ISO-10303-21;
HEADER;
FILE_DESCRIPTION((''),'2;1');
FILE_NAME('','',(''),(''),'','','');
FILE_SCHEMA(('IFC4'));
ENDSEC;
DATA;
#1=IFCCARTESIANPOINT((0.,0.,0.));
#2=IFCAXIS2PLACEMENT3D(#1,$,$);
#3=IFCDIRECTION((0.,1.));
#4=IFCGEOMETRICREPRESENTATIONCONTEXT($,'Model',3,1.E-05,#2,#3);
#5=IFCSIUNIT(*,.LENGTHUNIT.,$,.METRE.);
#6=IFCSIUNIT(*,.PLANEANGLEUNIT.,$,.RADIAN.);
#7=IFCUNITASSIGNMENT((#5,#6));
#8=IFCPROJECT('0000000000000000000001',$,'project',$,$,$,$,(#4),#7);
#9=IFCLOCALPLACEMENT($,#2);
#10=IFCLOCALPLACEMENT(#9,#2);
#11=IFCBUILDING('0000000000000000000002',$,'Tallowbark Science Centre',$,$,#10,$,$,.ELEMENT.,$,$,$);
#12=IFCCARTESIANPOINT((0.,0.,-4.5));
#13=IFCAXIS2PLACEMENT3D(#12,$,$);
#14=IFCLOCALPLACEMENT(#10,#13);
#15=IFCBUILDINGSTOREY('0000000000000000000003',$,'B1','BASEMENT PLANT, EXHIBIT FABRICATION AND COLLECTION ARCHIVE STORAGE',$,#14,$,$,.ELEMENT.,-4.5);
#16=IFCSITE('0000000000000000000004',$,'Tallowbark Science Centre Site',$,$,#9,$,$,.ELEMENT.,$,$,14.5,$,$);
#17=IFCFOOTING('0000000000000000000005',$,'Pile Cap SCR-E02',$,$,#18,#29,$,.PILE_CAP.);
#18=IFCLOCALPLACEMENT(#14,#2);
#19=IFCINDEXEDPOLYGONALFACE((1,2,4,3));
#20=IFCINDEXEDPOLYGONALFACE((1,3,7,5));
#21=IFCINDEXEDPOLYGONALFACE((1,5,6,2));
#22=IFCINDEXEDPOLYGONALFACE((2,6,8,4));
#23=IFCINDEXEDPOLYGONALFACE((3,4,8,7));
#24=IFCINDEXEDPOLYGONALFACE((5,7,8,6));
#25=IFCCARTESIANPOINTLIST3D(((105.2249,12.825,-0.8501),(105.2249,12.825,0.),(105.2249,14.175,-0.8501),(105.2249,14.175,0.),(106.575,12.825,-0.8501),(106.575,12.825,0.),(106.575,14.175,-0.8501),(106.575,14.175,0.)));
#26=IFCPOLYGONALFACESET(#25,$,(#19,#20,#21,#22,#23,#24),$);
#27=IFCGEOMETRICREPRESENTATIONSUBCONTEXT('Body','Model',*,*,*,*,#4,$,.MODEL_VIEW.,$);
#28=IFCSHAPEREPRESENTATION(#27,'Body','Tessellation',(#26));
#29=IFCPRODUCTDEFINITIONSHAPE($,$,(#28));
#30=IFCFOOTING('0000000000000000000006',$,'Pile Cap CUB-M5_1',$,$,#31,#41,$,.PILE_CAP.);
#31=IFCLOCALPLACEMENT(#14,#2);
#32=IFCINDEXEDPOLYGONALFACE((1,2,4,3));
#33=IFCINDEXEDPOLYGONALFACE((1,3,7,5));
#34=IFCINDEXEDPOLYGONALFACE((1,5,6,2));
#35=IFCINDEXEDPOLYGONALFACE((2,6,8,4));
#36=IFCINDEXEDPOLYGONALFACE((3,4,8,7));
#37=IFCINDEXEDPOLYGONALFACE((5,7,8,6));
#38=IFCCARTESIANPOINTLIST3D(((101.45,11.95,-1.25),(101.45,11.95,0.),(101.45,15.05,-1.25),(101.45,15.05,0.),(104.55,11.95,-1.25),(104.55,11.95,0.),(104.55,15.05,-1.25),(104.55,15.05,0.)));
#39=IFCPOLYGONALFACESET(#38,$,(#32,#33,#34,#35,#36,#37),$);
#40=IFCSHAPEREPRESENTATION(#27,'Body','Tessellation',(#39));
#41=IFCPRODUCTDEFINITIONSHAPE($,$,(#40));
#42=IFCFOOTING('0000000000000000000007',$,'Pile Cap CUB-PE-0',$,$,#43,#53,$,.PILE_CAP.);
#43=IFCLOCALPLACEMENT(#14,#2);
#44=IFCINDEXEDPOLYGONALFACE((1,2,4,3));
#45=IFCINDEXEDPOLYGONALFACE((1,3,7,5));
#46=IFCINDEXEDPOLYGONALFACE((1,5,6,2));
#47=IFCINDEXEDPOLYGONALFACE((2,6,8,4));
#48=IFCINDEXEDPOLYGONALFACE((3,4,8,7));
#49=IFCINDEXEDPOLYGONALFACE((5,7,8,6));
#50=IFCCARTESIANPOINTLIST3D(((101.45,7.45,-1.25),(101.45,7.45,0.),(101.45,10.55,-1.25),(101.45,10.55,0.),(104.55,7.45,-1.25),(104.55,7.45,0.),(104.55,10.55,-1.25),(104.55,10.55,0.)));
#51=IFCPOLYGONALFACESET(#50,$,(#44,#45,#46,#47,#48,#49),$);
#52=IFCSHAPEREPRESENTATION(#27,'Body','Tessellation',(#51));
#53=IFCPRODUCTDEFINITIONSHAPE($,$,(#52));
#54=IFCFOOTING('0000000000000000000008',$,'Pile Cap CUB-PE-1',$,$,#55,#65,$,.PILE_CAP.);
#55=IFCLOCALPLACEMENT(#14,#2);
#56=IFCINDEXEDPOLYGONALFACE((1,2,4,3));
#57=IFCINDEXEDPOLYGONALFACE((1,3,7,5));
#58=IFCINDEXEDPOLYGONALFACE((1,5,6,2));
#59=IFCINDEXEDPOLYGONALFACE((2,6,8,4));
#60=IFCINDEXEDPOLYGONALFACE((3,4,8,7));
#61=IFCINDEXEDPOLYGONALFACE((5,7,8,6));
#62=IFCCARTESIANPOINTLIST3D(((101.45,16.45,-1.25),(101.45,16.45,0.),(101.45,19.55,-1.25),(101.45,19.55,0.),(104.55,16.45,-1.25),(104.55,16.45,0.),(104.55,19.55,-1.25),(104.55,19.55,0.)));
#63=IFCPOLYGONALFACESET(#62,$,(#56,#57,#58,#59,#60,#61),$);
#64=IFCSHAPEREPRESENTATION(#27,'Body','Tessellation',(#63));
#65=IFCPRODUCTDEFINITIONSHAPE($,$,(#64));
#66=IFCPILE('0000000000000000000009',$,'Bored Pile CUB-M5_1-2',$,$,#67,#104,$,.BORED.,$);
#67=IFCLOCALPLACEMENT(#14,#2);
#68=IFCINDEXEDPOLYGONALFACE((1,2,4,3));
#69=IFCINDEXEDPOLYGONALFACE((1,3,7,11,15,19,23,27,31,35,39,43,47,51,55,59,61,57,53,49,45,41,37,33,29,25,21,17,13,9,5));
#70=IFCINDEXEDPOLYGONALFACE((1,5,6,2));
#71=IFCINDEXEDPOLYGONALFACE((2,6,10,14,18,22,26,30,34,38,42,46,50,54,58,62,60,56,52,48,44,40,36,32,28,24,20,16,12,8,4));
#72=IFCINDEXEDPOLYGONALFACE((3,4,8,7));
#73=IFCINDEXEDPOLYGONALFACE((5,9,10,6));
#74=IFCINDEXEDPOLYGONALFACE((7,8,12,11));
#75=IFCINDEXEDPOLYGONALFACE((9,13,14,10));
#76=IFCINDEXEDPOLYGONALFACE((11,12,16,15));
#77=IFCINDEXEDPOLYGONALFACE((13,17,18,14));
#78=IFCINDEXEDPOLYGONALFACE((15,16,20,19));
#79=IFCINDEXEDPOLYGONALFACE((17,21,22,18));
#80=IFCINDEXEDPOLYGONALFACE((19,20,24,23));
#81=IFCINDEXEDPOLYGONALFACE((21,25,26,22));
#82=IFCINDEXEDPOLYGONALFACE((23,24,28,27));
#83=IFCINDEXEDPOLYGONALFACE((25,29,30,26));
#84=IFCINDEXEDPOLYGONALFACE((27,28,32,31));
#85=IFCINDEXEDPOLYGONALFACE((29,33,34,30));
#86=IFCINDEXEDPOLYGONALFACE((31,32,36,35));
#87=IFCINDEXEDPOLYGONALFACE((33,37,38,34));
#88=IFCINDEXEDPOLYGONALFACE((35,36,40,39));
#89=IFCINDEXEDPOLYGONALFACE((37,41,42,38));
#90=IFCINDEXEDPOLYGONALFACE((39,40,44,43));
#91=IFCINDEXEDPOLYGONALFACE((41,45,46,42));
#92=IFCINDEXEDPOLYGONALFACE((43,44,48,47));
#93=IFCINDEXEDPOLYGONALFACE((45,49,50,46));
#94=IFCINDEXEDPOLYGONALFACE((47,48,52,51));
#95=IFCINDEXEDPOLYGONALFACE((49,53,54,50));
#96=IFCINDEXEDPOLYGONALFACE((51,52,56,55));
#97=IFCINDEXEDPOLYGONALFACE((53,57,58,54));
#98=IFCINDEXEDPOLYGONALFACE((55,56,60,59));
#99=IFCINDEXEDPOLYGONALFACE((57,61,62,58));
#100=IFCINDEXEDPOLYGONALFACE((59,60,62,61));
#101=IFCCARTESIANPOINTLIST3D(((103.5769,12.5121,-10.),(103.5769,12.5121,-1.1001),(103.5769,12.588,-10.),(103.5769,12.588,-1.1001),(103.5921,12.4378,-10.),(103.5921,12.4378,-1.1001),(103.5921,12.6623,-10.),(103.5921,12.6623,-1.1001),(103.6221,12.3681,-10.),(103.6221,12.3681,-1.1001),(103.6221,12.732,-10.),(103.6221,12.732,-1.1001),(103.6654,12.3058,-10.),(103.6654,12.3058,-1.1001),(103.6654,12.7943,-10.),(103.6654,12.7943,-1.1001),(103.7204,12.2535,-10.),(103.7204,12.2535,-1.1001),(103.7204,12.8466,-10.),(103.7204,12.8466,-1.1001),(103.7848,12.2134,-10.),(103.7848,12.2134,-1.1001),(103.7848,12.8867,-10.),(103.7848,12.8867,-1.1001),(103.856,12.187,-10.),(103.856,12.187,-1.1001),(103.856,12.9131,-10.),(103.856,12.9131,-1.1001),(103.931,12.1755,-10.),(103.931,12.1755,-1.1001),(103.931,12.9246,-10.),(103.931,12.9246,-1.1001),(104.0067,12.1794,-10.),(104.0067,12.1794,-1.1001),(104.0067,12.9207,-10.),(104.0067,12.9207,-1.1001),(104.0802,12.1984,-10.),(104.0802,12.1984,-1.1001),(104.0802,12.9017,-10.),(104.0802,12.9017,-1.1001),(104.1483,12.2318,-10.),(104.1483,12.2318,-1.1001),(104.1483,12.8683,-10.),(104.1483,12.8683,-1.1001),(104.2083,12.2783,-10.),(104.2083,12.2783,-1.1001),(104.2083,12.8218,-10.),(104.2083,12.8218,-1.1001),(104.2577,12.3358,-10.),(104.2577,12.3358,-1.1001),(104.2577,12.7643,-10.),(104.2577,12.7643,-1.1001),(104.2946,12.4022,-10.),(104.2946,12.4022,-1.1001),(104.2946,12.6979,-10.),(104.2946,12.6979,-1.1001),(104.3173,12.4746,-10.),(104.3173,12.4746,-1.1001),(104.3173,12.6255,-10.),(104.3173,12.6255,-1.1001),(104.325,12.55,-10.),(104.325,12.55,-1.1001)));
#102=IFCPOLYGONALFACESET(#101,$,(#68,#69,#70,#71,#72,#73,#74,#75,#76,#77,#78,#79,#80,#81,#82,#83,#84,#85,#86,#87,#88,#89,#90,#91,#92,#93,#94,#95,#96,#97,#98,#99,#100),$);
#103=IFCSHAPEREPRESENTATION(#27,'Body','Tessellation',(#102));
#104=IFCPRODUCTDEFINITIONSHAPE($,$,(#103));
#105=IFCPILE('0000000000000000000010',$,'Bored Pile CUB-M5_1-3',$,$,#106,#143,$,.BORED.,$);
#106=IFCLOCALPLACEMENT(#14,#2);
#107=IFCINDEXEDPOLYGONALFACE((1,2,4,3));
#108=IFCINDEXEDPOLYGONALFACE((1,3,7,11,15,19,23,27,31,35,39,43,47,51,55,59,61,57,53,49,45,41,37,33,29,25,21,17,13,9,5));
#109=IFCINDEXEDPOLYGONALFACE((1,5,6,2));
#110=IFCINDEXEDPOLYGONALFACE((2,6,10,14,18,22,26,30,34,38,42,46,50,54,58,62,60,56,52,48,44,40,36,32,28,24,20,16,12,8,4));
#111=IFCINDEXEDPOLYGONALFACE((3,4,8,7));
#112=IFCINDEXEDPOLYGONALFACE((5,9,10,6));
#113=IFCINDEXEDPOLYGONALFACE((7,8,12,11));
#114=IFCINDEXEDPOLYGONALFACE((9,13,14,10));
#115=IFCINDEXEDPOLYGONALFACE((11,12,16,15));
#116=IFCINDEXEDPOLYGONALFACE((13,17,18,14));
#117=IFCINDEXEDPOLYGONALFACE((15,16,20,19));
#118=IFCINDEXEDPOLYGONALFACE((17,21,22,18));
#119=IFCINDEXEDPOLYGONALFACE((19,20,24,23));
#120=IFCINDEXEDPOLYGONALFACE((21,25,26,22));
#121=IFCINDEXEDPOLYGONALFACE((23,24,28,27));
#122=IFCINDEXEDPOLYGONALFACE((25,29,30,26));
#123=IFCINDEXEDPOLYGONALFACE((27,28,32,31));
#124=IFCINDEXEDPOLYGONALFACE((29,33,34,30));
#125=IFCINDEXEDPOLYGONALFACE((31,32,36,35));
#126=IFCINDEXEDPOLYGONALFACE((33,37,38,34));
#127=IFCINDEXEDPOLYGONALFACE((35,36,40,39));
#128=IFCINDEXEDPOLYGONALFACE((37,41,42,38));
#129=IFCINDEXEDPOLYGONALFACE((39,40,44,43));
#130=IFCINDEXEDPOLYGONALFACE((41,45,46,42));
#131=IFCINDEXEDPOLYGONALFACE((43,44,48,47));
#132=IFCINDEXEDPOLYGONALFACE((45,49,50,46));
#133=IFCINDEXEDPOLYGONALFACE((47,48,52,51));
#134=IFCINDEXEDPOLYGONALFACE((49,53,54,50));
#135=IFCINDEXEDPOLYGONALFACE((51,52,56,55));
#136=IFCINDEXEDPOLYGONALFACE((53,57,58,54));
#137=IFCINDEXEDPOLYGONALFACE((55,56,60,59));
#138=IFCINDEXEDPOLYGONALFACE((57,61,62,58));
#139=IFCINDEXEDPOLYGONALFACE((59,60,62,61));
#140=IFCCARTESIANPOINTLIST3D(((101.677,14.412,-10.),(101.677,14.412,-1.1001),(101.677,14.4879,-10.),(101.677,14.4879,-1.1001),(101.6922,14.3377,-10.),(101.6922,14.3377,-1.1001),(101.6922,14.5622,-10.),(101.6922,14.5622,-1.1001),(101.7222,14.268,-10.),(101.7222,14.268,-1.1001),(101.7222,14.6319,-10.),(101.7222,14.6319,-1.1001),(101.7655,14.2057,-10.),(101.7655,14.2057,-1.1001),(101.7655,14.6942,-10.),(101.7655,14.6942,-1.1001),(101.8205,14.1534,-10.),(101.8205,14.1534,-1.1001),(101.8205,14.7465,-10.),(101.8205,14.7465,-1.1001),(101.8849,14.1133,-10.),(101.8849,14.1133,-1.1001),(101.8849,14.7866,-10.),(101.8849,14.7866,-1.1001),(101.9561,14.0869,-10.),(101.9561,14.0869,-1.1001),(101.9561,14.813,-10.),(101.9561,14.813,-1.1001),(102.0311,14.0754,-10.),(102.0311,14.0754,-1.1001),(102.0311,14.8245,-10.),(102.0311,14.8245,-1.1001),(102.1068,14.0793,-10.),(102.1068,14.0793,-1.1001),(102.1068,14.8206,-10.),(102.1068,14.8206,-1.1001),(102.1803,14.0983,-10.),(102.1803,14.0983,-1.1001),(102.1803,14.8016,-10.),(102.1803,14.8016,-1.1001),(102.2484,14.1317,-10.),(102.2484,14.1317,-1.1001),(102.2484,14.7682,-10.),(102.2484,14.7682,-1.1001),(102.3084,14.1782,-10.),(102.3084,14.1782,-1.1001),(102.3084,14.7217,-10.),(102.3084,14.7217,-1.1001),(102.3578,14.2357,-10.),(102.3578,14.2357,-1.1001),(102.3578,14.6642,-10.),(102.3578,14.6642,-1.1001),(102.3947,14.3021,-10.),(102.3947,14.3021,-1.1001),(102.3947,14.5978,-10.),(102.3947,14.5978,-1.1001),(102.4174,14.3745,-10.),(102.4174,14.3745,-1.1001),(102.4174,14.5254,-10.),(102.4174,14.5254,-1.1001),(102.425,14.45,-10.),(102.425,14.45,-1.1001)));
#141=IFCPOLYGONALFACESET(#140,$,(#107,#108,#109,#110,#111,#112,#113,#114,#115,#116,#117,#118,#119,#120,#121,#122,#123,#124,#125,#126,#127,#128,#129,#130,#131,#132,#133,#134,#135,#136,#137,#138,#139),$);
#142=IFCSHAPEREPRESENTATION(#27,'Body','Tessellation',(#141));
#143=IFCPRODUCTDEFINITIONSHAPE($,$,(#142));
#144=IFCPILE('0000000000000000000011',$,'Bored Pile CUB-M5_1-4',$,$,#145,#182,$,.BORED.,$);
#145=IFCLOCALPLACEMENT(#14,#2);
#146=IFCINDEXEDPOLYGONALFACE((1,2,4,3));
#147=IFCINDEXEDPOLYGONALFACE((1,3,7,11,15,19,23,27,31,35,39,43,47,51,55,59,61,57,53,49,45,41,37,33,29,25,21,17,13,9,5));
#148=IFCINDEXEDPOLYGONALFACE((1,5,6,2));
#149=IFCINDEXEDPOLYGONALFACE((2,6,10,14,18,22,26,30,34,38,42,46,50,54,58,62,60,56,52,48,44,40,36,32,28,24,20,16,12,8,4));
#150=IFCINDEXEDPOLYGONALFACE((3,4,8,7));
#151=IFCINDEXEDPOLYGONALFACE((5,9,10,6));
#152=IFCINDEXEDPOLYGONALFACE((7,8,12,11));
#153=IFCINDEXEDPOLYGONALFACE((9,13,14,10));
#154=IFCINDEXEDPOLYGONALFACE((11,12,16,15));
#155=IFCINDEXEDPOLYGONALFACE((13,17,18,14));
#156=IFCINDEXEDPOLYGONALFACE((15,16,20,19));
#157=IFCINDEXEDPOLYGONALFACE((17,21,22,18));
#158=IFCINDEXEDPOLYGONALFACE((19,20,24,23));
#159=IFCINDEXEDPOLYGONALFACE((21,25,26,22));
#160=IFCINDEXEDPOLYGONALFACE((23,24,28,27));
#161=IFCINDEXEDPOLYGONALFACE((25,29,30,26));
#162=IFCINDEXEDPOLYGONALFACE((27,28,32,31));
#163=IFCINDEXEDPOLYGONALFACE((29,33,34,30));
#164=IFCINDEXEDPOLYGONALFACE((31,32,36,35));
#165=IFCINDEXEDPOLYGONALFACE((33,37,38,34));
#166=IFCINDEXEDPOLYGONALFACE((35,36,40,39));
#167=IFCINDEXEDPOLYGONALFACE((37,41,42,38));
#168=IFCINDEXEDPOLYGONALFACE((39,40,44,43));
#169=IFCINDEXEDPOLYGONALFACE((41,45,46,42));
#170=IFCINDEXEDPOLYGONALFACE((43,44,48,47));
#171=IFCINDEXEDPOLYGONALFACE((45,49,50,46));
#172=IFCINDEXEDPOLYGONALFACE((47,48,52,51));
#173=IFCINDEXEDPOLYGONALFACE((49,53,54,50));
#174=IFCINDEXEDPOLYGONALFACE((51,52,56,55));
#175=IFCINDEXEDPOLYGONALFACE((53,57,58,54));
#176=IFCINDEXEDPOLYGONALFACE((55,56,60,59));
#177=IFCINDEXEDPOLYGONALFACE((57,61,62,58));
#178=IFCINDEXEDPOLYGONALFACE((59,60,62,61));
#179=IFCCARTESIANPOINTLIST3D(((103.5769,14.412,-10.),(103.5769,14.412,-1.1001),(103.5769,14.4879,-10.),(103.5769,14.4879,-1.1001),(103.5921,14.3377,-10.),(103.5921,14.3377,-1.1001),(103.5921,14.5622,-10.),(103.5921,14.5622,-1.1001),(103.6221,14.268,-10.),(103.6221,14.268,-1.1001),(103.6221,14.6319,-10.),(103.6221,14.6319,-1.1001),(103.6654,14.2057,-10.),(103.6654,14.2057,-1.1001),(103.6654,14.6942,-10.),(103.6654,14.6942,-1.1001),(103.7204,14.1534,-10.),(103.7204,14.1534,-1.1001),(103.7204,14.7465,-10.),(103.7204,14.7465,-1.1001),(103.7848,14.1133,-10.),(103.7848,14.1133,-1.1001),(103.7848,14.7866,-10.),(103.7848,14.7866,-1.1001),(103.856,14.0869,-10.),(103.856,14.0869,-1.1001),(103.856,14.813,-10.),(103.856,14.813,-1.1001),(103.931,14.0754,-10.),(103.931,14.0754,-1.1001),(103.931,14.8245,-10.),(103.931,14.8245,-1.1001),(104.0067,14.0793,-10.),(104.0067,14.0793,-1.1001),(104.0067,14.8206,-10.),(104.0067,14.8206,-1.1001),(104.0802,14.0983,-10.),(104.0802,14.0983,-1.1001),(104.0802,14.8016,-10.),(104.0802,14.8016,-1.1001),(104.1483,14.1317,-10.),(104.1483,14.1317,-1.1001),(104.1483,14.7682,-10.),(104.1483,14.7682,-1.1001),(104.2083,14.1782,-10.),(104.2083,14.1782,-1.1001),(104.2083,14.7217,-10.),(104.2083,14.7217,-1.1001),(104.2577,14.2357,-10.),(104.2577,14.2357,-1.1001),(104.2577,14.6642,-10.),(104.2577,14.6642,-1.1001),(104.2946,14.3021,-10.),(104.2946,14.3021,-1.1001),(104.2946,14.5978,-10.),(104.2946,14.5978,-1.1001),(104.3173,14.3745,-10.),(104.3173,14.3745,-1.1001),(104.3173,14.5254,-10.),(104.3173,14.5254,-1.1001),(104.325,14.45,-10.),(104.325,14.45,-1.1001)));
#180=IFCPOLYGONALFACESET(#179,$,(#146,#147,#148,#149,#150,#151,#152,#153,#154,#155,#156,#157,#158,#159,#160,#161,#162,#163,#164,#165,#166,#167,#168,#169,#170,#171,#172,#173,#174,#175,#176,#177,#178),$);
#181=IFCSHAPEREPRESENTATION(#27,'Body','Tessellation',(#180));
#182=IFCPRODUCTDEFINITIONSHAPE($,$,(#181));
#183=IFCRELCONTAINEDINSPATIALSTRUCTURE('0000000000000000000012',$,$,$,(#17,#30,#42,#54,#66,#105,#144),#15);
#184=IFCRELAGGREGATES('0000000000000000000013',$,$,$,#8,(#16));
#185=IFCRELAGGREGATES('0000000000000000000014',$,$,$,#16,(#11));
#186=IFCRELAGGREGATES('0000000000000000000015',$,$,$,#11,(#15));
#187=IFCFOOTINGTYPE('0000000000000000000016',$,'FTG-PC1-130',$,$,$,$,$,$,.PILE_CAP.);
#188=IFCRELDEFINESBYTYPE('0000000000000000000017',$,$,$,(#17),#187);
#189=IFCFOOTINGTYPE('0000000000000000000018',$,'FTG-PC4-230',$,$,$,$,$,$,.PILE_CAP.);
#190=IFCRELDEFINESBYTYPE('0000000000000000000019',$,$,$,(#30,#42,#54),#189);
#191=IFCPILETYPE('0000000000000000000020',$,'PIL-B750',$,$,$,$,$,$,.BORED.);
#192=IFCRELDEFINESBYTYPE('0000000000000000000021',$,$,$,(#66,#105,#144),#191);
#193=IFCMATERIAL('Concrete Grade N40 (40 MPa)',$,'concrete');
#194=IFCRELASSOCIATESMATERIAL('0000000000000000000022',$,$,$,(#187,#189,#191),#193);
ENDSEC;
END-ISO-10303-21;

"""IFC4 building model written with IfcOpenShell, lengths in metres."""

from ifc_helpers import new_model, si_unit, direction, frame, origin, origin_2d, place, context, subcontext, project, spatial, rectangle, circle, extrude, material, material_profile, profile_set, type_object, element, save


model = new_model("IFC4")

# Units and contexts
model_context = context("Model", 3, precision=1e-05, world=origin(), true_north=direction((0.0, 1.0)))
body_context = subcontext(model_context, "Body", "Model", "MODEL_VIEW")
ifc_project = project(units=[si_unit("LENGTHUNIT", "METRE"), si_unit("PLANEANGLEUNIT", "RADIAN")], contexts=[model_context])

# Site, building, storey
site_placement = place(None, origin())
site = spatial("IfcSite", under=ifc_project, at=site_placement, Name="Tallowbark Science Centre Site", CompositionType="ELEMENT", RefElevation=14.5)
building_placement = place(site_placement, origin())
building = spatial("IfcBuilding", under=site, at=building_placement, Name="Tallowbark Science Centre", CompositionType="ELEMENT")
storey_placement = place(building_placement, frame((0.0, 0.0, -4.5)))
storey = spatial("IfcBuildingStorey", under=building, at=storey_placement, Name="B1", Description="BASEMENT PLANT, EXHIBIT FABRICATION AND COLLECTION ARCHIVE STORAGE", CompositionType="ELEMENT", Elevation=-4.5)

# Footings
ifc_material_1 = material(Name="Concrete Grade N40 (40 MPa)", Category="concrete")
footing_type_1 = type_object("IfcFootingType", Name="FTG-PC1-130", PredefinedType="PILE_CAP", material=ifc_material_1)
footing_placement = place(storey_placement, frame((105.8999, 13.5, -0.8501), z_axis=(0.0, 0.0, 1.0), x_axis=(1.0, 0.0, 0.0)))
element("IfcFooting", 1, at=footing_placement, inside=storey, type_object=footing_type_1, Name="Pile Cap SCR-E02", PredefinedType="PILE_CAP", context=body_context, shape_type="SweptSolid", body=[
    extrude(rectangle(XDim=1.3501, YDim=1.3501, at=origin_2d()), origin(), (0.0, 0.0, 1.0), 0.8501),
])
footing_type_2 = type_object("IfcFootingType", Name="FTG-PC4-230", PredefinedType="PILE_CAP", material=ifc_material_1)
for number, where, z_axis, x_axis, name in (
    (2, (103.0, 13.5, -1.25), (0.0, 0.0, 1.0), (1.0, 0.0, 0.0), "Pile Cap CUB-M5_1"),
    (3, (103.0, 9.0, -1.25), (0.0, 0.0, 1.0), (1.0, 0.0, 0.0), "Pile Cap CUB-PE-0"),
    (4, (103.0, 18.0, -1.25), (0.0, 0.0, 1.0), (1.0, 0.0, 0.0), "Pile Cap CUB-PE-1"),
):
    element("IfcFooting", number, at=place(storey_placement, frame(where, z_axis=z_axis, x_axis=x_axis)), inside=storey, type_object=footing_type_2, Name=name, PredefinedType="PILE_CAP", context=body_context, shape_type="SweptSolid", body=[
        extrude(rectangle(XDim=3.1001, YDim=3.1001, at=origin_2d()), origin(), (0.0, 0.0, 1.0), 1.25),
    ])

# Piles
ifc_material_profile_1 = material_profile(ifc_material_1, circle(Radius=0.375, at=origin_2d()), Name="PILE750")
ifc_profile_set_1 = profile_set([ifc_material_profile_1], Name="Concrete Grade N40 (40 MPa)")
pile_type = type_object("IfcPileType", Name="PIL-B750", PredefinedType="BORED", material=ifc_profile_set_1)
for number, where, z_axis, x_axis, name in (
    (5, (103.95, 12.55, -1.1001), (0.0, 0.0, -1.0), (1.0, 0.0, 0.0), "Bored Pile CUB-M5_1-2"),
    (6, (102.05, 14.45, -1.1001), (0.0, 0.0, -1.0), (1.0, 0.0, 0.0), "Bored Pile CUB-M5_1-3"),
    (7, (103.95, 14.45, -1.1001), (0.0, 0.0, -1.0), (1.0, 0.0, 0.0), "Bored Pile CUB-M5_1-4"),
):
    element("IfcPile", number, at=place(storey_placement, frame(where, z_axis=z_axis, x_axis=x_axis)), inside=storey, type_object=pile_type, Name=name, PredefinedType="BORED", context=body_context, shape_type="SweptSolid", body=[
        extrude(circle(Radius=0.375, at=origin_2d()), origin(), (0.0, 0.0, 1.0), 8.8999),
    ])

save(model, "model.ifc")
